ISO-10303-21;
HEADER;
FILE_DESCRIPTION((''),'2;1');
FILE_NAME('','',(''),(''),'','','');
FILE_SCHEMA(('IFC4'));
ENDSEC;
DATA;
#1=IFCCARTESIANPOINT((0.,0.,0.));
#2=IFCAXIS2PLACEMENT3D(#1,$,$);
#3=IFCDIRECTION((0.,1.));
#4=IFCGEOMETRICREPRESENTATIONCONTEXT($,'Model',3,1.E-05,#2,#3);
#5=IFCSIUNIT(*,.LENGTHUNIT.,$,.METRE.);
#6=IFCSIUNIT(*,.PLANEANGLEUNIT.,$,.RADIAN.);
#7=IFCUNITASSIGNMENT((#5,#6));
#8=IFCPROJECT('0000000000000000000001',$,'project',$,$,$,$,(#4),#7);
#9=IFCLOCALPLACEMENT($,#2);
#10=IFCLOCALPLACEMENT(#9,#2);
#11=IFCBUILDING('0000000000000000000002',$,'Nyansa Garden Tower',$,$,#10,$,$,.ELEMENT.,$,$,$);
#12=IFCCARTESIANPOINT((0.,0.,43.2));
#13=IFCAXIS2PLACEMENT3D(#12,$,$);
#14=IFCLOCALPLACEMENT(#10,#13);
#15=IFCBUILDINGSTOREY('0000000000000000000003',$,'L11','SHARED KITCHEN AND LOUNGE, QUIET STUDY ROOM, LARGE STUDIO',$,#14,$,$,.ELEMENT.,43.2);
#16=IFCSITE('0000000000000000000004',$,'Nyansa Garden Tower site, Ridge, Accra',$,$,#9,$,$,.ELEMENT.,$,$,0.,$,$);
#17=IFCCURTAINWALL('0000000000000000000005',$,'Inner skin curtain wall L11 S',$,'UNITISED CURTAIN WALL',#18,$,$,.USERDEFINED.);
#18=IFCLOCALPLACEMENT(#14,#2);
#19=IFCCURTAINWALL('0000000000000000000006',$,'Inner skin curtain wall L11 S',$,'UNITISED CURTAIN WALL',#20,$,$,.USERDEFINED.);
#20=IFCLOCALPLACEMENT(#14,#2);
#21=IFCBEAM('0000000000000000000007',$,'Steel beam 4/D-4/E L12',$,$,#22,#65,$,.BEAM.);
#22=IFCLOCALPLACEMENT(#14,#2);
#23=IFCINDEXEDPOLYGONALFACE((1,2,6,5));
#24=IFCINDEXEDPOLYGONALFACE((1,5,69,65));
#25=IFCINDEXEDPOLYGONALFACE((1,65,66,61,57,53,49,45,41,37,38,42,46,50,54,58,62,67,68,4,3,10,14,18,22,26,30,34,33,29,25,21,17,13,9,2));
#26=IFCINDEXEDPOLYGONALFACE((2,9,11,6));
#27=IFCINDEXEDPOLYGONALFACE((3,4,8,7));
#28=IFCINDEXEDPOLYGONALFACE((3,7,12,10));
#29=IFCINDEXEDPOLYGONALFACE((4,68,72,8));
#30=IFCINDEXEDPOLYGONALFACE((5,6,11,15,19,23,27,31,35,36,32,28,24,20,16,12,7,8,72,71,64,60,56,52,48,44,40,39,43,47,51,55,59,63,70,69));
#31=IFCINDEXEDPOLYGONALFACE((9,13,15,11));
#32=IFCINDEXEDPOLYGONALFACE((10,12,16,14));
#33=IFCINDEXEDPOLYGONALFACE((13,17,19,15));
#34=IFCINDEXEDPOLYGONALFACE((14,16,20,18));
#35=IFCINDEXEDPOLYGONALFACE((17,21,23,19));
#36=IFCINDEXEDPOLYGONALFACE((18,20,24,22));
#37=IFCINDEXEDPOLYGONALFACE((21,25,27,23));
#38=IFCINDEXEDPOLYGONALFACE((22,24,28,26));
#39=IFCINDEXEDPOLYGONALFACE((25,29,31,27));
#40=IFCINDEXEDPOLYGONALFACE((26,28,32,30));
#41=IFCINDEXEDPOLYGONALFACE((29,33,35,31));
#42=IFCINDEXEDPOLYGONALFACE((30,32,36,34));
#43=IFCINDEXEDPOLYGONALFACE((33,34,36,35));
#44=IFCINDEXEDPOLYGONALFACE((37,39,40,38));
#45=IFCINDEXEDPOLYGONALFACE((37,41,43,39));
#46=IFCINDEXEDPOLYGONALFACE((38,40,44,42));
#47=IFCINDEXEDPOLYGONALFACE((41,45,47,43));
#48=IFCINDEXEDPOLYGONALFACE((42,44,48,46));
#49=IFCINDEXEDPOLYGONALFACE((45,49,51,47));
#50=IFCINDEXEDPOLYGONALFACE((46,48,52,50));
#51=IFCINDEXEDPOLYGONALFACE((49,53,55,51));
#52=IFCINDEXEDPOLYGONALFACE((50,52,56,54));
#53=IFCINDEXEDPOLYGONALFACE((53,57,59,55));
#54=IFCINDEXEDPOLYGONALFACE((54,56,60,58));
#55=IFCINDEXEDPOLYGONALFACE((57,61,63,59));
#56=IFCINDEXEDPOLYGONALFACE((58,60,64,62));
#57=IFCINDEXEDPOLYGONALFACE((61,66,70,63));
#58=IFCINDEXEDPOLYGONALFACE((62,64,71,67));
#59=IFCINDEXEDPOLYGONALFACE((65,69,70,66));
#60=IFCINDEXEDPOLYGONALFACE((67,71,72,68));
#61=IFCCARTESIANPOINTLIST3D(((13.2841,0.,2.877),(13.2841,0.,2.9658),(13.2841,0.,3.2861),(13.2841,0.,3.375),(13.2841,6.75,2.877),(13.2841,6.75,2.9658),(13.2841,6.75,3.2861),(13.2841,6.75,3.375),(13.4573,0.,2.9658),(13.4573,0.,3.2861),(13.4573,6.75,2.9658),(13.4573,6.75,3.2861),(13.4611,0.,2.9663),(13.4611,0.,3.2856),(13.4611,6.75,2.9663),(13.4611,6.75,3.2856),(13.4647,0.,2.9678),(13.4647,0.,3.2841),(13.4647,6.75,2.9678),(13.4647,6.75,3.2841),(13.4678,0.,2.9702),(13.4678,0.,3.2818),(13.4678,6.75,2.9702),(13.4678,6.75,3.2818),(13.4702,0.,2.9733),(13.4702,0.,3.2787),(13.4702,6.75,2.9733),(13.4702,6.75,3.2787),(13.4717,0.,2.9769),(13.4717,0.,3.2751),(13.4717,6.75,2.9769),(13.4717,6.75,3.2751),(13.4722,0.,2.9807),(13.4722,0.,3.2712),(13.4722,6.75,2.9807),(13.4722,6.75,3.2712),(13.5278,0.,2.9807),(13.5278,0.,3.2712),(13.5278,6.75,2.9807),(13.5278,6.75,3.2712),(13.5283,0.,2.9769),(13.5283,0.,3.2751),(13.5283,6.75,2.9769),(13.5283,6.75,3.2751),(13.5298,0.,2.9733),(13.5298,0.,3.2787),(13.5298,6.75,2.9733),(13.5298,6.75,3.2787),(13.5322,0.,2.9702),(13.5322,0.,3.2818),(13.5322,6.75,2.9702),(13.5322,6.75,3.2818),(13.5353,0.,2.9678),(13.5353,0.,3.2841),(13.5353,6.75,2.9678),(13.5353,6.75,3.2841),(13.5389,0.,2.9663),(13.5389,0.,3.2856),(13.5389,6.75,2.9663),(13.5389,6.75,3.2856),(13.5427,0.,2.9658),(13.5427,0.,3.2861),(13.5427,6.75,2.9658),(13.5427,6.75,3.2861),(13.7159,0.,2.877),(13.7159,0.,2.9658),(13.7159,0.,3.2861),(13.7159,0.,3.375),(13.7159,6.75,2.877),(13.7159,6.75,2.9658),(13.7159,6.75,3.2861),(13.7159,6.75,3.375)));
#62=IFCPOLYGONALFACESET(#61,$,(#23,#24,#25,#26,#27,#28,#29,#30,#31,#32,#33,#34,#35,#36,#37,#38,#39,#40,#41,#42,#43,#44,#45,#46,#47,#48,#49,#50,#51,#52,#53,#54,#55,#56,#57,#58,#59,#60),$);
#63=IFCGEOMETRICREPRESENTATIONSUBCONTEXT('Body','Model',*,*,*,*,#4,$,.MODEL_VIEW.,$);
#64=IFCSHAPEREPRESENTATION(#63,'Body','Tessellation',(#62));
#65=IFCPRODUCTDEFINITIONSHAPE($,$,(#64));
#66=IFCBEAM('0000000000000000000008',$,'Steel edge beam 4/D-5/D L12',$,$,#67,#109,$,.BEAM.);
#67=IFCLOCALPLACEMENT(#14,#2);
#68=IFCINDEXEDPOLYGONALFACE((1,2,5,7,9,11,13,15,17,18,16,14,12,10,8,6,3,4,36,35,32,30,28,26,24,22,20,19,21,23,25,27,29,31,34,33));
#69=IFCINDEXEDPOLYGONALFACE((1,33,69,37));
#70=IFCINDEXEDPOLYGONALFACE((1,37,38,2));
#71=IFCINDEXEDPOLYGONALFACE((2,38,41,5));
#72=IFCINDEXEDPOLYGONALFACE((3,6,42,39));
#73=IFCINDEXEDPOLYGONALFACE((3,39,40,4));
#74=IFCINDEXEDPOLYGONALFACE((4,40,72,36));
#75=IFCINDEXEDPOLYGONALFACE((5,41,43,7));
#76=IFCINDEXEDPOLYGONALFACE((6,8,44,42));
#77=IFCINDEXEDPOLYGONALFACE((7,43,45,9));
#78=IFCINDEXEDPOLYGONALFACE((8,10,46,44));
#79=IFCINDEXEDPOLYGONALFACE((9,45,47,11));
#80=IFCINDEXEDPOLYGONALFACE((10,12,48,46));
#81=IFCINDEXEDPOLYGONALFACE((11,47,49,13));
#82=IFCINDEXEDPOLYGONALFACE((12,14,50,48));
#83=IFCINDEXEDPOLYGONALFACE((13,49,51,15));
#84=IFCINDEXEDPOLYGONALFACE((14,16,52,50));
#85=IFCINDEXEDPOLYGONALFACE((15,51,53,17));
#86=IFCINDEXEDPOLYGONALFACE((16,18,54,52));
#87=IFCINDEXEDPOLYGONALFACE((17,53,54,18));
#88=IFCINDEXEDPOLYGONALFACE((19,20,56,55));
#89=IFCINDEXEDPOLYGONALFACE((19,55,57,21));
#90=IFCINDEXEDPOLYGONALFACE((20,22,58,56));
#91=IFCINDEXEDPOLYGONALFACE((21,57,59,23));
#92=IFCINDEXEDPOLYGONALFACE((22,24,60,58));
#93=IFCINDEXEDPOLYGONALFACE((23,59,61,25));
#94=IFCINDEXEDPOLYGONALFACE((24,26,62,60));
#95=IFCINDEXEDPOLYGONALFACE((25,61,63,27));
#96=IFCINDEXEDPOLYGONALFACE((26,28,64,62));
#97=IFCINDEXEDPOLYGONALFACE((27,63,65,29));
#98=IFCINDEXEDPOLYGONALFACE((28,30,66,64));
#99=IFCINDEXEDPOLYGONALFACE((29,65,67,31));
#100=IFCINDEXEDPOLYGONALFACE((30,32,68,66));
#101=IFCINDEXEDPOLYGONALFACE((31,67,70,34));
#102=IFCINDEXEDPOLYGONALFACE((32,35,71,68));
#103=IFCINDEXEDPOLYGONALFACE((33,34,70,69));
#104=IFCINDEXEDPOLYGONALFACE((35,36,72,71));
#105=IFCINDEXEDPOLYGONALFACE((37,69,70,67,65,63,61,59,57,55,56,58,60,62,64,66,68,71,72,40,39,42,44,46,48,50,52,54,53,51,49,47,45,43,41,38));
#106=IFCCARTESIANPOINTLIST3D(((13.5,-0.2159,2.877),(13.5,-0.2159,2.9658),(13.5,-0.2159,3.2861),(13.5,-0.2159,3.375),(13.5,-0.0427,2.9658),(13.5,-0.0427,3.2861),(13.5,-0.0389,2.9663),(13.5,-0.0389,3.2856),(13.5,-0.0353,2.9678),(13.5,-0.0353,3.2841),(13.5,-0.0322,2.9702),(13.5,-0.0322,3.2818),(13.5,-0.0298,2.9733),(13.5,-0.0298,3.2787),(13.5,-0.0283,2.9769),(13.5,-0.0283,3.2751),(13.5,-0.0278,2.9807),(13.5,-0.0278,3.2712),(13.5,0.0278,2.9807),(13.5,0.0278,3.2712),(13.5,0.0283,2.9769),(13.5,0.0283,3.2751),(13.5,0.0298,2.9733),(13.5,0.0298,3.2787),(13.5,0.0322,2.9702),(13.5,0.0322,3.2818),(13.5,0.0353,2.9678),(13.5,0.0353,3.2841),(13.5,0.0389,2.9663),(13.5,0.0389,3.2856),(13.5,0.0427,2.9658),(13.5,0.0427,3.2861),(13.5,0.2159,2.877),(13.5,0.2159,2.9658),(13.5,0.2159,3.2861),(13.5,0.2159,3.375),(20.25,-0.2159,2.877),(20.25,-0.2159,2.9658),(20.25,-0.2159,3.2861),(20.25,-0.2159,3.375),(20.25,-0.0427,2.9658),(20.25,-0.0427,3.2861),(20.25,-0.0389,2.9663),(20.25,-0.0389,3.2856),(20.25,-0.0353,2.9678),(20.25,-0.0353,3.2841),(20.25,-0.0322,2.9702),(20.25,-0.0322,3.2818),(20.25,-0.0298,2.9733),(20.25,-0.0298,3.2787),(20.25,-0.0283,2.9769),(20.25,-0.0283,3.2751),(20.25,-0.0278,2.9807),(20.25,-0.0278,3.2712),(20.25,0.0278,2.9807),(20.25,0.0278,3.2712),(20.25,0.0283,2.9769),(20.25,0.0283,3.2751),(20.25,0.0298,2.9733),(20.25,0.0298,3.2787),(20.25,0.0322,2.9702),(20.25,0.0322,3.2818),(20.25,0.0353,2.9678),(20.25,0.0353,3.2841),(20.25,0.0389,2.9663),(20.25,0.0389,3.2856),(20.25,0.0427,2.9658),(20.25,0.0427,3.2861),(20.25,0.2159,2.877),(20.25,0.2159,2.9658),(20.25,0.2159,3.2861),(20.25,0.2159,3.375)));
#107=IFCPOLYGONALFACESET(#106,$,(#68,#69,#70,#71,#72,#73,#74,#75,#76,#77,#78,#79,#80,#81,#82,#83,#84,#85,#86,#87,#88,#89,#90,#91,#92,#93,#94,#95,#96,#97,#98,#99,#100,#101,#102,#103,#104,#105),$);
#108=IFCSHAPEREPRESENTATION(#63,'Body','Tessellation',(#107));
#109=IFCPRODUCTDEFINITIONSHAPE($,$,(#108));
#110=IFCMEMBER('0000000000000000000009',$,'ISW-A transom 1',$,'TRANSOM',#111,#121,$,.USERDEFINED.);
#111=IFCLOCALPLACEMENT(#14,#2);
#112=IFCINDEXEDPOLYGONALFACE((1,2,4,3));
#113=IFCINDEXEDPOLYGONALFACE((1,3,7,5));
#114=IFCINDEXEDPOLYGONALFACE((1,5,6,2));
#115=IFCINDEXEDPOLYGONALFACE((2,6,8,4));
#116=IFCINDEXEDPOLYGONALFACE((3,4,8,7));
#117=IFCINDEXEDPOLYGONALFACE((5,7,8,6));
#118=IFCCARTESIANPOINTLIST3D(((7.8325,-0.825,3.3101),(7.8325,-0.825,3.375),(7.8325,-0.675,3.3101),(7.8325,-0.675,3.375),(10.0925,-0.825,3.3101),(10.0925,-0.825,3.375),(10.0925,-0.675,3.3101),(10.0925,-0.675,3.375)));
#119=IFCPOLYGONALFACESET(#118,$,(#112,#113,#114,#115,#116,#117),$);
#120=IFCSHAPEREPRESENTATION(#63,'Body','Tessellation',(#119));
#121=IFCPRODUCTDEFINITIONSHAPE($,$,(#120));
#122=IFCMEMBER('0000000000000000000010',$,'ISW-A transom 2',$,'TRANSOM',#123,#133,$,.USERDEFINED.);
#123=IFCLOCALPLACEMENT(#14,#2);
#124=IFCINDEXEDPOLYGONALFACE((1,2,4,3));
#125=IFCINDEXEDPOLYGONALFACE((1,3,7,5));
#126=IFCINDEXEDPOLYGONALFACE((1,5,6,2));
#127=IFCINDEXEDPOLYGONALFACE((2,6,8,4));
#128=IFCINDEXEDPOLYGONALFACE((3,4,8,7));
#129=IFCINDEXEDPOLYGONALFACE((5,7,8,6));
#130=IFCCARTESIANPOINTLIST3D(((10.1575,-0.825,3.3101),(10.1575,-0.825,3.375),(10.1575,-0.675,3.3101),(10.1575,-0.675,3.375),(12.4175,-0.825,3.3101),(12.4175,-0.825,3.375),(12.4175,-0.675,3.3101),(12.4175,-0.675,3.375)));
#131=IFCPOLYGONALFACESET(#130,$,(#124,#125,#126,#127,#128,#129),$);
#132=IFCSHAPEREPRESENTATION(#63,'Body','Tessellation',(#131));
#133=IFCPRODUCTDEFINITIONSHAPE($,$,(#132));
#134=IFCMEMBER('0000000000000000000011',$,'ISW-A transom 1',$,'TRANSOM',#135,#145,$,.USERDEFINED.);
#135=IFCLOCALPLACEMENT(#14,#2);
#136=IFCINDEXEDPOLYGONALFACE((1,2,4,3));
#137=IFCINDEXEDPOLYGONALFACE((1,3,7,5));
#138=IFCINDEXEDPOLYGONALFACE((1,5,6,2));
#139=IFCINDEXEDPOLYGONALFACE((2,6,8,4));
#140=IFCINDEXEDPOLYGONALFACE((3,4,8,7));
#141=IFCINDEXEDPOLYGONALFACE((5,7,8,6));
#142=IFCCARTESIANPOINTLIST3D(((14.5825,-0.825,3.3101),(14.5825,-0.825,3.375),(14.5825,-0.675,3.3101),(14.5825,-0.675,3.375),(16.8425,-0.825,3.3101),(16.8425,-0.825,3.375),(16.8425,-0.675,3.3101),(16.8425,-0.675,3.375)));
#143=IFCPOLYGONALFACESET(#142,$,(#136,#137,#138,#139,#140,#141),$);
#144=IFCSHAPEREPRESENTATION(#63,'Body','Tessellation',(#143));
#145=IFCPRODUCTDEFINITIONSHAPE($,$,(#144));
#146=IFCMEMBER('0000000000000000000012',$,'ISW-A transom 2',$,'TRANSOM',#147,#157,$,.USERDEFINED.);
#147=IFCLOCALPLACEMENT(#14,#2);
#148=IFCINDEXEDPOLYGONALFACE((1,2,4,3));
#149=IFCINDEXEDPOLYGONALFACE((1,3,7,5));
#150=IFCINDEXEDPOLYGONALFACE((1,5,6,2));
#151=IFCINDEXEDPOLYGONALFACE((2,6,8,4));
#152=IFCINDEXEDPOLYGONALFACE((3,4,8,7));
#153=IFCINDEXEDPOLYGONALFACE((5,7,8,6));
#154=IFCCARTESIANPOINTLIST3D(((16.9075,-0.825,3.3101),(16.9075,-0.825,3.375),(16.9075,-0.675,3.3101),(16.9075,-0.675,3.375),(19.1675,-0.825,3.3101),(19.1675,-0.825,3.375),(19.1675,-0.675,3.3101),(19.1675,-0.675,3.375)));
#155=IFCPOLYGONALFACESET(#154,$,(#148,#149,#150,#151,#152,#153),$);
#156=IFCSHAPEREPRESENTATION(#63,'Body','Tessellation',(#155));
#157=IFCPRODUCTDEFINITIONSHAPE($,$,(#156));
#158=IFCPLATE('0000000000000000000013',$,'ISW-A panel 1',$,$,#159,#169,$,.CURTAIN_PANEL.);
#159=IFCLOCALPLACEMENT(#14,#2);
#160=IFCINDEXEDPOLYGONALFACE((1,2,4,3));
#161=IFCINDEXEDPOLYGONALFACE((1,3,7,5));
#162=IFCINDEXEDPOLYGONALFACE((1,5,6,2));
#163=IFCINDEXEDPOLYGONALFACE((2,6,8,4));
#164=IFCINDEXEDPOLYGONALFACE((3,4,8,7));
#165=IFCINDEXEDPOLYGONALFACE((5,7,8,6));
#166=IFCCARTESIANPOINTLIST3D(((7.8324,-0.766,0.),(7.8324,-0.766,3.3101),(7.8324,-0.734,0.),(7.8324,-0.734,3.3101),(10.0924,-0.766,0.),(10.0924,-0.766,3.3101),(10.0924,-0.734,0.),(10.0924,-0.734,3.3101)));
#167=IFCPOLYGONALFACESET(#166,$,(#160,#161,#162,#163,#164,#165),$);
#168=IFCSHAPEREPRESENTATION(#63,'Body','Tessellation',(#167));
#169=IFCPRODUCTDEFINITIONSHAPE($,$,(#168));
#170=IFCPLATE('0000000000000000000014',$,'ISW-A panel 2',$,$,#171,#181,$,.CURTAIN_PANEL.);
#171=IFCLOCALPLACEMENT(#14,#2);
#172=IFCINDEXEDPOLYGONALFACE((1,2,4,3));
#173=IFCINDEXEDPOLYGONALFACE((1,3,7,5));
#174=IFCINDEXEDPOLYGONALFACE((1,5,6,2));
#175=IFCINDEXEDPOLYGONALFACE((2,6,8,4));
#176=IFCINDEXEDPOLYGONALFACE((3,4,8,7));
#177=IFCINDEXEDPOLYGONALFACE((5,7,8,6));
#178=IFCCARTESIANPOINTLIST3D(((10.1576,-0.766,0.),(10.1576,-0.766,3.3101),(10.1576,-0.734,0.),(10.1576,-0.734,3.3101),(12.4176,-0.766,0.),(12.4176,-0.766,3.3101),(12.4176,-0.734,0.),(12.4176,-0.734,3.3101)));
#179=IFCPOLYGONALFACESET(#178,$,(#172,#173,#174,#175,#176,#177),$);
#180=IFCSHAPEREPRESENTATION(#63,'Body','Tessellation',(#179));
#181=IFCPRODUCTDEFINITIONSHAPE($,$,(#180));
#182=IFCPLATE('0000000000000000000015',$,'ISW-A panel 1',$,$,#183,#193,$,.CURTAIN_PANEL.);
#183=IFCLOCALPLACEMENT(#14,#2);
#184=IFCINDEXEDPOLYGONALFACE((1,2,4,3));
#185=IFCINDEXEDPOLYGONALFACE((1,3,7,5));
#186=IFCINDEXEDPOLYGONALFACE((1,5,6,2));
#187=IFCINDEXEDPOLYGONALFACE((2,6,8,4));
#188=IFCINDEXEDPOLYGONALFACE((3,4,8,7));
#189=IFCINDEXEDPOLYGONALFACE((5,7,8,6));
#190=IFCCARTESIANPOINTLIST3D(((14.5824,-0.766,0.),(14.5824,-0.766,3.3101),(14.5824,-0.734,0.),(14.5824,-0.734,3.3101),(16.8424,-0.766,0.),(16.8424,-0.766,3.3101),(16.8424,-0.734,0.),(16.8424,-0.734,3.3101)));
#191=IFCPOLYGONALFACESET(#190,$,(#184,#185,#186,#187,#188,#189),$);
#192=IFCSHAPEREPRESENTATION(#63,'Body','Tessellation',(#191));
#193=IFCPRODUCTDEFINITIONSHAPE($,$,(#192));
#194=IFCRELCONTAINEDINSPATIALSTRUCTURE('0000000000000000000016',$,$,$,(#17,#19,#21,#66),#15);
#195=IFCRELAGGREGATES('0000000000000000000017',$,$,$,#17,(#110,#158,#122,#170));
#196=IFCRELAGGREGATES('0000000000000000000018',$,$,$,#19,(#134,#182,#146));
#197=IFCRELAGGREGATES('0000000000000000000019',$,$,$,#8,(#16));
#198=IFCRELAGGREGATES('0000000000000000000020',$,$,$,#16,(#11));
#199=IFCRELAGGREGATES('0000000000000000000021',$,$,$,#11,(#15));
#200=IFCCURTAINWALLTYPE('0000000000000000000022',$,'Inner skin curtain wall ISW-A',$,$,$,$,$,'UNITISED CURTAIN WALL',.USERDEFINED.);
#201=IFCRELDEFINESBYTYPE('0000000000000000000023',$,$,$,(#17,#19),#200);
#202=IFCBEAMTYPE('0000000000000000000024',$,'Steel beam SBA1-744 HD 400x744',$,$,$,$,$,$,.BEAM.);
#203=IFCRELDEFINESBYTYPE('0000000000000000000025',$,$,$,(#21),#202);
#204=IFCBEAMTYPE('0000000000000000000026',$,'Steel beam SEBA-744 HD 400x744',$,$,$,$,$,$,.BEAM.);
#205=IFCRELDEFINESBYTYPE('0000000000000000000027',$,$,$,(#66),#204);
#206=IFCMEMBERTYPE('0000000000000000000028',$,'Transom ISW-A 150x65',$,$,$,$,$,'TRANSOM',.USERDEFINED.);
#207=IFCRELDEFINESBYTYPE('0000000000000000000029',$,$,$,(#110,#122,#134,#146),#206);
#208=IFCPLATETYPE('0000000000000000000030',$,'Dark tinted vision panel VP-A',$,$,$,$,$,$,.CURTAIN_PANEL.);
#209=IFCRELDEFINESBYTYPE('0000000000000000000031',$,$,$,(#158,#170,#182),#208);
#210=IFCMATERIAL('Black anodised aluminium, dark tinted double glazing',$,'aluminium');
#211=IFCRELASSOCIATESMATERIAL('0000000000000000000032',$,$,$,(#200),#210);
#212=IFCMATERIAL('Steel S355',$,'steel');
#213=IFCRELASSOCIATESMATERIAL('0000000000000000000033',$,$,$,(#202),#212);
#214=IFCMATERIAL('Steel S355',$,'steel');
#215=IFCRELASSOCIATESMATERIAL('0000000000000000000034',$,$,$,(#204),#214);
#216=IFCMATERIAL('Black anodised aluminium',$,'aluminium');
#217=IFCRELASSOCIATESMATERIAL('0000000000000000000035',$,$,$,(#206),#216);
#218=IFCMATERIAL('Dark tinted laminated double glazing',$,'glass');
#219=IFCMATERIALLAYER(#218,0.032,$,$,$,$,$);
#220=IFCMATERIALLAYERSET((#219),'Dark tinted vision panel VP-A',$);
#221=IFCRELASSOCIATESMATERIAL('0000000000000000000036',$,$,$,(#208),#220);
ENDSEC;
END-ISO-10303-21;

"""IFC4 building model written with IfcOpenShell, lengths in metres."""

from ifc_helpers import new_model, si_unit, direction, frame, origin, origin_2d, place, context, subcontext, project, spatial, rectangle, i_section, extrude, material, layer, layer_set, material_profile, profile_set, type_object, element, aggregate, save


model = new_model("IFC4")

# Units and contexts
model_context = context("Model", 3, precision=1e-05, world=origin(), true_north=direction((0.0, 1.0)))
body_context = subcontext(model_context, "Body", "Model", "MODEL_VIEW")
ifc_project = project(units=[si_unit("LENGTHUNIT", "METRE"), si_unit("PLANEANGLEUNIT", "RADIAN")], contexts=[model_context])

# Site, building, storey
site_placement = place(None, origin())
site = spatial("IfcSite", under=ifc_project, at=site_placement, Name="Nyansa Garden Tower site, Ridge, Accra", CompositionType="ELEMENT", RefElevation=0.0)
building_placement = place(site_placement, origin())
building = spatial("IfcBuilding", under=site, at=building_placement, Name="Nyansa Garden Tower", CompositionType="ELEMENT")
storey_placement = place(building_placement, frame((0.0, 0.0, 43.2)))
storey = spatial("IfcBuildingStorey", under=building, at=storey_placement, Name="L11", Description="SHARED KITCHEN AND LOUNGE, QUIET STUDY ROOM, LARGE STUDIO", CompositionType="ELEMENT", Elevation=43.2)

# Curtain walls
ifc_material_1 = material(Name="Black anodised aluminium, dark tinted double glazing", Category="aluminium")
curtain_wall_type = type_object("IfcCurtainWallType", Name="Inner skin curtain wall ISW-A", ElementType="UNITISED CURTAIN WALL", PredefinedType="USERDEFINED", material=ifc_material_1)
curtain_wall_1_placement = place(storey_placement, origin())
curtain_wall_1 = element("IfcCurtainWall", 1, at=curtain_wall_1_placement, inside=storey, type_object=curtain_wall_type, Name="Inner skin curtain wall L11 S", ObjectType="UNITISED CURTAIN WALL", PredefinedType="USERDEFINED")
curtain_wall_2_placement = place(storey_placement, origin())
curtain_wall_2 = element("IfcCurtainWall", 2, at=curtain_wall_2_placement, inside=storey, type_object=curtain_wall_type, Name="Inner skin curtain wall L11 S", ObjectType="UNITISED CURTAIN WALL", PredefinedType="USERDEFINED")

# Beams
ifc_material_2 = material(Name="Steel S355", Category="steel")
ifc_material_profile_1 = material_profile(ifc_material_2, i_section(OverallWidth=0.4319, OverallDepth=0.498, WebThickness=0.0557, FlangeThickness=0.0889, FilletRadius=0.0149, at=origin_2d()), Name="HD 400x744")
ifc_profile_set_1 = profile_set([ifc_material_profile_1], Name="Steel S355")
beam_type_1 = type_object("IfcBeamType", Name="Steel beam SBA1-744 HD 400x744", PredefinedType="BEAM", material=ifc_profile_set_1)
beam_1_placement = place(storey_placement, frame((13.5, 0.0, 3.126), z_axis=(0.0, 1.0, 0.0), x_axis=(-1.0, 0.0, 0.0)))
element("IfcBeam", 3, at=beam_1_placement, inside=storey, type_object=beam_type_1, Name="Steel beam 4/D-4/E L12", PredefinedType="BEAM", context=body_context, shape_type="SweptSolid", body=[
    extrude(i_section(OverallWidth=0.4319, OverallDepth=0.498, WebThickness=0.0557, FlangeThickness=0.0889, FilletRadius=0.0149, at=origin_2d()), origin(), (0.0, 0.0, 1.0), 6.75),
])
ifc_material_3 = material(Name="Steel S355", Category="steel")
ifc_material_profile_2 = material_profile(ifc_material_3, i_section(OverallWidth=0.4319, OverallDepth=0.498, WebThickness=0.0557, FlangeThickness=0.0889, FilletRadius=0.0149, at=origin_2d()), Name="HD 400x744")
ifc_profile_set_2 = profile_set([ifc_material_profile_2], Name="Steel S355")
beam_type_2 = type_object("IfcBeamType", Name="Steel beam SEBA-744 HD 400x744", PredefinedType="BEAM", material=ifc_profile_set_2)
beam_2_placement = place(storey_placement, frame((13.5, 0.0, 3.126), z_axis=(1.0, 0.0, 0.0), x_axis=(0.0, 1.0, 0.0)))
element("IfcBeam", 4, at=beam_2_placement, inside=storey, type_object=beam_type_2, Name="Steel edge beam 4/D-5/D L12", PredefinedType="BEAM", context=body_context, shape_type="SweptSolid", body=[
    extrude(i_section(OverallWidth=0.4319, OverallDepth=0.498, WebThickness=0.0557, FlangeThickness=0.0889, FilletRadius=0.0149, at=origin_2d()), origin(), (0.0, 0.0, 1.0), 6.75),
])

# Members
ifc_material_4 = material(Name="Black anodised aluminium", Category="aluminium")
ifc_material_profile_3 = material_profile(ifc_material_4, rectangle(XDim=0.1499, YDim=0.0649, at=origin_2d()), Name="Transom 150x65")
ifc_profile_set_3 = profile_set([ifc_material_profile_3], Name="Black anodised aluminium")
member_type_1 = type_object("IfcMemberType", Name="Transom ISW-A 150x65", ElementType="TRANSOM", PredefinedType="USERDEFINED", material=ifc_profile_set_3)
member_1_placement = place(storey_placement, frame((7.8325, -0.75, 3.3425), z_axis=(1.0, 0.0, 0.0), x_axis=(0.0, 1.0, 0.0)))
member_1 = element("IfcMember", 5, at=member_1_placement, type_object=member_type_1, Name="ISW-A transom 1", ObjectType="TRANSOM", PredefinedType="USERDEFINED", context=body_context, shape_type="SweptSolid", body=[
    extrude(rectangle(XDim=0.1499, YDim=0.0649, at=origin_2d()), origin(), (0.0, 0.0, 1.0), 2.26),
])
member_2_placement = place(storey_placement, frame((10.1575, -0.75, 3.3425), z_axis=(1.0, 0.0, 0.0), x_axis=(0.0, 1.0, 0.0)))
member_2 = element("IfcMember", 6, at=member_2_placement, type_object=member_type_1, Name="ISW-A transom 2", ObjectType="TRANSOM", PredefinedType="USERDEFINED", context=body_context, shape_type="SweptSolid", body=[
    extrude(rectangle(XDim=0.1499, YDim=0.0649, at=origin_2d()), origin(), (0.0, 0.0, 1.0), 2.26),
])
member_3_placement = place(storey_placement, frame((14.5825, -0.75, 3.3425), z_axis=(1.0, 0.0, 0.0), x_axis=(0.0, 1.0, 0.0)))
member_3 = element("IfcMember", 7, at=member_3_placement, type_object=member_type_1, Name="ISW-A transom 1", ObjectType="TRANSOM", PredefinedType="USERDEFINED", context=body_context, shape_type="SweptSolid", body=[
    extrude(rectangle(XDim=0.1499, YDim=0.0649, at=origin_2d()), origin(), (0.0, 0.0, 1.0), 2.26),
])
member_4_placement = place(storey_placement, frame((16.9075, -0.75, 3.3425), z_axis=(1.0, 0.0, 0.0), x_axis=(0.0, 1.0, 0.0)))
member_4 = element("IfcMember", 8, at=member_4_placement, type_object=member_type_1, Name="ISW-A transom 2", ObjectType="TRANSOM", PredefinedType="USERDEFINED", context=body_context, shape_type="SweptSolid", body=[
    extrude(rectangle(XDim=0.1499, YDim=0.0649, at=origin_2d()), origin(), (0.0, 0.0, 1.0), 2.26),
])

# Plates
ifc_material_5 = material(Name="Dark tinted laminated double glazing", Category="glass")
ifc_layer_1 = layer(ifc_material_5, 0.032)
ifc_layer_set_1 = layer_set([ifc_layer_1], Name="Dark tinted vision panel VP-A")
plate_type_1 = type_object("IfcPlateType", Name="Dark tinted vision panel VP-A", PredefinedType="CURTAIN_PANEL", material=ifc_layer_set_1)
plate_1_placement = place(storey_placement, frame((8.9624, -0.75, 0.0), z_axis=(0.0, 0.0, 1.0), x_axis=(1.0, 0.0, 0.0)))
plate_1 = element("IfcPlate", 9, at=plate_1_placement, type_object=plate_type_1, Name="ISW-A panel 1", PredefinedType="CURTAIN_PANEL", context=body_context, shape_type="SweptSolid", body=[
    extrude(rectangle(XDim=2.26, YDim=0.032, at=origin_2d()), origin(), (0.0, 0.0, 1.0), 3.3101),
])
plate_2_placement = place(storey_placement, frame((11.2876, -0.75, 0.0), z_axis=(0.0, 0.0, 1.0), x_axis=(1.0, 0.0, 0.0)))
plate_2 = element("IfcPlate", 10, at=plate_2_placement, type_object=plate_type_1, Name="ISW-A panel 2", PredefinedType="CURTAIN_PANEL", context=body_context, shape_type="SweptSolid", body=[
    extrude(rectangle(XDim=2.26, YDim=0.032, at=origin_2d()), origin(), (0.0, 0.0, 1.0), 3.3101),
])
aggregate(curtain_wall_1, [member_1, plate_1, member_2, plate_2])
plate_3_placement = place(storey_placement, frame((15.7124, -0.75, 0.0), z_axis=(0.0, 0.0, 1.0), x_axis=(1.0, 0.0, 0.0)))
plate_3 = element("IfcPlate", 11, at=plate_3_placement, type_object=plate_type_1, Name="ISW-A panel 1", PredefinedType="CURTAIN_PANEL", context=body_context, shape_type="SweptSolid", body=[
    extrude(rectangle(XDim=2.26, YDim=0.032, at=origin_2d()), origin(), (0.0, 0.0, 1.0), 3.3101),
])
aggregate(curtain_wall_2, [member_3, plate_3, member_4])

save(model, "model.ifc")
